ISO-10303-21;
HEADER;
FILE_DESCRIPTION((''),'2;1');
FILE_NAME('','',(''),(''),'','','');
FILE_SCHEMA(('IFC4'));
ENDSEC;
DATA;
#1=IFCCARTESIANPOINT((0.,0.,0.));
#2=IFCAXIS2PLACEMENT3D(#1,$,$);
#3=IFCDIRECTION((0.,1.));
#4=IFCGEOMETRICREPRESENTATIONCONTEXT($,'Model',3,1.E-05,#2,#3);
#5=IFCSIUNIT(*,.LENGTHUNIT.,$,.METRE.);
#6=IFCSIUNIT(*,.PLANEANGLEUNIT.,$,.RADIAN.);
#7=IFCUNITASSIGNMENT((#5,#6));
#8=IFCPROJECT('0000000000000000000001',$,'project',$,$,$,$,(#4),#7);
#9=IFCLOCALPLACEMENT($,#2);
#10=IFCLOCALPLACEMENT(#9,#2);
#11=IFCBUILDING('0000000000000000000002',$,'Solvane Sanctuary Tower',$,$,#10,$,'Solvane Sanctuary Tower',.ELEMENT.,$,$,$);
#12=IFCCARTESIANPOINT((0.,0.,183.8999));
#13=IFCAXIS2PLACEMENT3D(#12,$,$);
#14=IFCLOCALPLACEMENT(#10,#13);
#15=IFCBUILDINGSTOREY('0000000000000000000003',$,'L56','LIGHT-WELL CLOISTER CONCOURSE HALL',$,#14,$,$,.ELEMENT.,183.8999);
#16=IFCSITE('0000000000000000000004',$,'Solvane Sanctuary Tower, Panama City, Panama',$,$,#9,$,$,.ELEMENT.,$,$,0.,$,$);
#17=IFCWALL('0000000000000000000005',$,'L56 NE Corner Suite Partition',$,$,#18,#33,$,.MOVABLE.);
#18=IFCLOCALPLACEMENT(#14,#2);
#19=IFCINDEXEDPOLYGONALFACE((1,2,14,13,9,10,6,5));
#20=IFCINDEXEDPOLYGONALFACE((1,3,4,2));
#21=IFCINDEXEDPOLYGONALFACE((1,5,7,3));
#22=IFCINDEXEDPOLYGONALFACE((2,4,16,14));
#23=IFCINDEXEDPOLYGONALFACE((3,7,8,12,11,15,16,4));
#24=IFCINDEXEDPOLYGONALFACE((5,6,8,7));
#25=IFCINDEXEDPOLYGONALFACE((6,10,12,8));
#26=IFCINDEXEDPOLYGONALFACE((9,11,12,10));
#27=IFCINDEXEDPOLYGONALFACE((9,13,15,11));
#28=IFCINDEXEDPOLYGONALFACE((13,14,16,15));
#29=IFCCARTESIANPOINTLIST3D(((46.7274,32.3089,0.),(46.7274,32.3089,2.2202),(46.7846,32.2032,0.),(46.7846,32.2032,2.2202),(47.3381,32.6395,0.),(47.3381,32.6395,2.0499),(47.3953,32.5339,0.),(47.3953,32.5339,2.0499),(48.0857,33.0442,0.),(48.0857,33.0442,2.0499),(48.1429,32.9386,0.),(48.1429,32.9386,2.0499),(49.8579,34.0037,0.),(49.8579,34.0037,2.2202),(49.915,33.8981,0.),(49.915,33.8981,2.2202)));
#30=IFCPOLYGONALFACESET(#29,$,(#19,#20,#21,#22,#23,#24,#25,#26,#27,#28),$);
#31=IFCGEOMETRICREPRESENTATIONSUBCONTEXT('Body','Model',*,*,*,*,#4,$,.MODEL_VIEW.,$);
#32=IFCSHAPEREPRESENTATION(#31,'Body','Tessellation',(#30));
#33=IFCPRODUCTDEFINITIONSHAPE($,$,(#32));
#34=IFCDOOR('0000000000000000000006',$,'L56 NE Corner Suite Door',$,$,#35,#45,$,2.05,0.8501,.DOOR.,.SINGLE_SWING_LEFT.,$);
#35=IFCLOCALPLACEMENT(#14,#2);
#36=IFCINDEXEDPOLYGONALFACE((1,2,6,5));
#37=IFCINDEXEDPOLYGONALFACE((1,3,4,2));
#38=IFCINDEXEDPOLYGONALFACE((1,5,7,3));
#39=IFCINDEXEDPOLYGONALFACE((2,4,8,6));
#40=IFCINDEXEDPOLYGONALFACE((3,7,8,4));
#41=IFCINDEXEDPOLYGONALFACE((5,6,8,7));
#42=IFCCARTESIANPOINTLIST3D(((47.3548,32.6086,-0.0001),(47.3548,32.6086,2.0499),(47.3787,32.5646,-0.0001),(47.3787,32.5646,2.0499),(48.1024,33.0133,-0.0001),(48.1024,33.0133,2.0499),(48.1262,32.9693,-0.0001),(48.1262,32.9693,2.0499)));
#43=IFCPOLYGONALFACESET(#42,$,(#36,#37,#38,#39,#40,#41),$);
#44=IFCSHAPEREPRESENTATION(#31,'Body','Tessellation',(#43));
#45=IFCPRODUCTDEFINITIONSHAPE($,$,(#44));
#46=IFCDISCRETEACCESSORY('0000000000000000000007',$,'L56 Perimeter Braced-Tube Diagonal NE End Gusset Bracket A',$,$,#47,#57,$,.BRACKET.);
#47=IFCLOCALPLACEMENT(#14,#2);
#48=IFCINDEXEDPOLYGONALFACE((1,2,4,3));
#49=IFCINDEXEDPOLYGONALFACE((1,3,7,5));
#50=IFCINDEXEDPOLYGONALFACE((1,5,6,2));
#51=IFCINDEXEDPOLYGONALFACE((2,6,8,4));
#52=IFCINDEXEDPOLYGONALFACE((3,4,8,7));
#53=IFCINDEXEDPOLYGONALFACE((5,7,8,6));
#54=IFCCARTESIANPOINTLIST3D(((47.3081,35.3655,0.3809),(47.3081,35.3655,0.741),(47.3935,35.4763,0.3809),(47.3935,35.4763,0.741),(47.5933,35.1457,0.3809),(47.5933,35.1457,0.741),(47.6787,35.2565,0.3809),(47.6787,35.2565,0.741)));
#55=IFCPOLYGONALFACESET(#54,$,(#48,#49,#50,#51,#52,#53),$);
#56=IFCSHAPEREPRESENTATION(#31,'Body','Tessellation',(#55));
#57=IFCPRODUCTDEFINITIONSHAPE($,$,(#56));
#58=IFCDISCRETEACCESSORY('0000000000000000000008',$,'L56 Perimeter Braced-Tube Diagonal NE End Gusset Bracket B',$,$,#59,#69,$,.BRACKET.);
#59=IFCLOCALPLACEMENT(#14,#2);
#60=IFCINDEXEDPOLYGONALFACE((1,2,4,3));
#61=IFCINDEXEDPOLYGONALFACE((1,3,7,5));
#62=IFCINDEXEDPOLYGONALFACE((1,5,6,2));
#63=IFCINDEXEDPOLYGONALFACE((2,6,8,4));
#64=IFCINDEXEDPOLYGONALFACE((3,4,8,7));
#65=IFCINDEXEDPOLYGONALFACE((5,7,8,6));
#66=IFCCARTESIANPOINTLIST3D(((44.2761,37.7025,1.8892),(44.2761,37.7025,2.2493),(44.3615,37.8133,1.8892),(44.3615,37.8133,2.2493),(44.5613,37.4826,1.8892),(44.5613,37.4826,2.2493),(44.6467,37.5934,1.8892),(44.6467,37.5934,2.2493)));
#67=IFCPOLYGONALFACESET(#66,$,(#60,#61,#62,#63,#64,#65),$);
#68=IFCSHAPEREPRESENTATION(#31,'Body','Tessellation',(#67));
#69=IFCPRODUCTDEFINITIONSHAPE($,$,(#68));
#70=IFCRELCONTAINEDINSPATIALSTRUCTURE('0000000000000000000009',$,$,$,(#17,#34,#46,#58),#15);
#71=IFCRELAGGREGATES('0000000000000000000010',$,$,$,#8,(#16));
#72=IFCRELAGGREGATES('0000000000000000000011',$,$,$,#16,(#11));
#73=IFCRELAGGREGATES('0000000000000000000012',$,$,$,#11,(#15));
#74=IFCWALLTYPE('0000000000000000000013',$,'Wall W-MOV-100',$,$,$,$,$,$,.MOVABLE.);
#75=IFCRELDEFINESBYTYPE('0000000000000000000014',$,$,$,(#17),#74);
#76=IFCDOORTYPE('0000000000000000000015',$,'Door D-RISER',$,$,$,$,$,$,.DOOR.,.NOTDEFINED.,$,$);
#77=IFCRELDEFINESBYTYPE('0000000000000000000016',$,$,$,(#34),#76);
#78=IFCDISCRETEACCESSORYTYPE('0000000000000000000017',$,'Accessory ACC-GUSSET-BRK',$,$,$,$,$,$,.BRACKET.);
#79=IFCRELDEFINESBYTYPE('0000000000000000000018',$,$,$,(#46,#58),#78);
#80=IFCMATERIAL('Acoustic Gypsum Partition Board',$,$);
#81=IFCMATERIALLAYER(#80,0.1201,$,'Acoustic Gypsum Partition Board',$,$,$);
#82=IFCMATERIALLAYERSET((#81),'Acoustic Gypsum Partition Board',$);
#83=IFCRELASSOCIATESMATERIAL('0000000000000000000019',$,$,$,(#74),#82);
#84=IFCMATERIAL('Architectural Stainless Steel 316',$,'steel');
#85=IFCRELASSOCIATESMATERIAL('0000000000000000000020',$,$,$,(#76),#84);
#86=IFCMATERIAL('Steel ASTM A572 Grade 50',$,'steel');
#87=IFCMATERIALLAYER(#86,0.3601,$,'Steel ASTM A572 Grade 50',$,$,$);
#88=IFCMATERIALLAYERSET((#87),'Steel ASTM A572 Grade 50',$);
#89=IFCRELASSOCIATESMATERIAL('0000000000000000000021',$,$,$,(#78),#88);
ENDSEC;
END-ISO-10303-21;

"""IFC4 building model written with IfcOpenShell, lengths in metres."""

from ifc_helpers import new_model, si_unit, direction, frame, frame_2d, origin, origin_2d, place, context, subcontext, project, spatial, rectangle, extrude, material, layer, layer_set, type_object, element, fill, save


model = new_model("IFC4")

# Units and contexts
model_context = context("Model", 3, precision=1e-05, world=origin(), true_north=direction((0.0, 1.0)))
body_context = subcontext(model_context, "Body", "Model", "MODEL_VIEW")
ifc_project = project(units=[si_unit("LENGTHUNIT", "METRE"), si_unit("PLANEANGLEUNIT", "RADIAN")], contexts=[model_context])

# Site, building, storey
site_placement = place(None, origin())
site = spatial("IfcSite", under=ifc_project, at=site_placement, Name="Solvane Sanctuary Tower, Panama City, Panama", CompositionType="ELEMENT", RefElevation=0.0)
building_placement = place(site_placement, origin())
building = spatial("IfcBuilding", under=site, at=building_placement, Name="Solvane Sanctuary Tower", LongName="Solvane Sanctuary Tower", CompositionType="ELEMENT")
storey_placement = place(building_placement, frame((0.0, 0.0, 183.8999)))
storey = spatial("IfcBuildingStorey", under=building, at=storey_placement, Name="L56", Description="LIGHT-WELL CLOISTER CONCOURSE HALL", CompositionType="ELEMENT", Elevation=183.8999)

# Shared definitions
ifc_material_1 = material(Name="Acoustic Gypsum Partition Board")

# Wall, opening, door
ifc_layer_1 = layer(ifc_material_1, 0.1201, Name="Acoustic Gypsum Partition Board")
ifc_layer_set_1 = layer_set([ifc_layer_1], Name="Acoustic Gypsum Partition Board")
wall_type_1 = type_object("IfcWallType", Name="Wall W-MOV-100", PredefinedType="MOVABLE", material=ifc_layer_set_1)
wall_1_placement = place(storey_placement, frame((46.7561, 32.2561, 0.0), z_axis=(0.0, 0.0, 1.0), x_axis=(0.879385, 0.476111, 0.0)))
wall_1 = element("IfcWall", 1, at=wall_1_placement, inside=storey, type_object=wall_type_1, Name="L56 NE Corner Suite Partition", PredefinedType="MOVABLE", context=body_context, shape_type="SweptSolid", body=[
    extrude(rectangle(XDim=3.5598, YDim=0.1201, at=frame_2d((1.7798, 0.0))), origin(), (0.0, 0.0, 1.0), 2.2202),
])
opening_1_placement = place(wall_1_placement, frame((0.6943, 0.0, 0.0)))
opening_1 = element("IfcOpeningElement", 2, at=opening_1_placement, cuts=wall_1, PredefinedType="OPENING", context=body_context, shape_type="SweptSolid", body=[
    extrude(rectangle(XDim=0.8501, YDim=2.05, at=frame_2d((0.425, 1.0249))), frame((0.0, 0.0701, 0.0), z_axis=(0.0, -1.0, 0.0), x_axis=(1.0, 0.0, 0.0)), (0.0, 0.0, 1.0), 0.1401),
])
ifc_material_2 = material(Name="Architectural Stainless Steel 316", Category="steel")
door_type_1 = type_object("IfcDoorType", Name="Door D-RISER", OperationType="NOTDEFINED", PredefinedType="DOOR", material=ifc_material_2)
door_1_placement = place(opening_1_placement, origin())
door_1 = element("IfcDoor", 3, at=door_1_placement, inside=storey, type_object=door_type_1, Name="L56 NE Corner Suite Door", OperationType="SINGLE_SWING_LEFT", OverallHeight=2.05, OverallWidth=0.8501, PredefinedType="DOOR", context=body_context, shape_type="SweptSolid", body=[
    extrude(rectangle(XDim=0.8501, YDim=2.05, at=frame_2d((0.425, 1.0249))), frame((0.0, 0.0249, 0.0), z_axis=(0.0, -1.0, 0.0), x_axis=(1.0, 0.0, 0.0)), (0.0, 0.0, 1.0), 0.05),
])
fill(opening_1, door_1)

# Discrete accessories
ifc_material_3 = material(Name="Steel ASTM A572 Grade 50", Category="steel")
ifc_layer_2 = layer(ifc_material_3, 0.3601, Name="Steel ASTM A572 Grade 50")
ifc_layer_set_2 = layer_set([ifc_layer_2], Name="Steel ASTM A572 Grade 50")
discrete_accessory_type = type_object("IfcDiscreteAccessoryType", Name="Accessory ACC-GUSSET-BRK", PredefinedType="BRACKET", material=ifc_layer_set_2)
for number, where, z_axis, x_axis, name in (
    (4, (47.4934, 35.311, 0.3809), (0.0, 0.0, 1.0), (-0.792077, 0.610422, 0.0), "L56 Perimeter Braced-Tube Diagonal NE End Gusset Bracket A"),
    (5, (44.4614, 37.6479, 1.8892), (0.0, 0.0, 1.0), (-0.792077, 0.610422, 0.0), "L56 Perimeter Braced-Tube Diagonal NE End Gusset Bracket B"),
):
    element("IfcDiscreteAccessory", number, at=place(storey_placement, frame(where, z_axis=z_axis, x_axis=x_axis)), inside=storey, type_object=discrete_accessory_type, Name=name, PredefinedType="BRACKET", context=body_context, shape_type="SweptSolid", body=[
        extrude(rectangle(XDim=0.3601, YDim=0.1399, at=origin_2d()), origin(), (0.0, 0.0, 1.0), 0.3601),
    ])

save(model, "model.ifc")
